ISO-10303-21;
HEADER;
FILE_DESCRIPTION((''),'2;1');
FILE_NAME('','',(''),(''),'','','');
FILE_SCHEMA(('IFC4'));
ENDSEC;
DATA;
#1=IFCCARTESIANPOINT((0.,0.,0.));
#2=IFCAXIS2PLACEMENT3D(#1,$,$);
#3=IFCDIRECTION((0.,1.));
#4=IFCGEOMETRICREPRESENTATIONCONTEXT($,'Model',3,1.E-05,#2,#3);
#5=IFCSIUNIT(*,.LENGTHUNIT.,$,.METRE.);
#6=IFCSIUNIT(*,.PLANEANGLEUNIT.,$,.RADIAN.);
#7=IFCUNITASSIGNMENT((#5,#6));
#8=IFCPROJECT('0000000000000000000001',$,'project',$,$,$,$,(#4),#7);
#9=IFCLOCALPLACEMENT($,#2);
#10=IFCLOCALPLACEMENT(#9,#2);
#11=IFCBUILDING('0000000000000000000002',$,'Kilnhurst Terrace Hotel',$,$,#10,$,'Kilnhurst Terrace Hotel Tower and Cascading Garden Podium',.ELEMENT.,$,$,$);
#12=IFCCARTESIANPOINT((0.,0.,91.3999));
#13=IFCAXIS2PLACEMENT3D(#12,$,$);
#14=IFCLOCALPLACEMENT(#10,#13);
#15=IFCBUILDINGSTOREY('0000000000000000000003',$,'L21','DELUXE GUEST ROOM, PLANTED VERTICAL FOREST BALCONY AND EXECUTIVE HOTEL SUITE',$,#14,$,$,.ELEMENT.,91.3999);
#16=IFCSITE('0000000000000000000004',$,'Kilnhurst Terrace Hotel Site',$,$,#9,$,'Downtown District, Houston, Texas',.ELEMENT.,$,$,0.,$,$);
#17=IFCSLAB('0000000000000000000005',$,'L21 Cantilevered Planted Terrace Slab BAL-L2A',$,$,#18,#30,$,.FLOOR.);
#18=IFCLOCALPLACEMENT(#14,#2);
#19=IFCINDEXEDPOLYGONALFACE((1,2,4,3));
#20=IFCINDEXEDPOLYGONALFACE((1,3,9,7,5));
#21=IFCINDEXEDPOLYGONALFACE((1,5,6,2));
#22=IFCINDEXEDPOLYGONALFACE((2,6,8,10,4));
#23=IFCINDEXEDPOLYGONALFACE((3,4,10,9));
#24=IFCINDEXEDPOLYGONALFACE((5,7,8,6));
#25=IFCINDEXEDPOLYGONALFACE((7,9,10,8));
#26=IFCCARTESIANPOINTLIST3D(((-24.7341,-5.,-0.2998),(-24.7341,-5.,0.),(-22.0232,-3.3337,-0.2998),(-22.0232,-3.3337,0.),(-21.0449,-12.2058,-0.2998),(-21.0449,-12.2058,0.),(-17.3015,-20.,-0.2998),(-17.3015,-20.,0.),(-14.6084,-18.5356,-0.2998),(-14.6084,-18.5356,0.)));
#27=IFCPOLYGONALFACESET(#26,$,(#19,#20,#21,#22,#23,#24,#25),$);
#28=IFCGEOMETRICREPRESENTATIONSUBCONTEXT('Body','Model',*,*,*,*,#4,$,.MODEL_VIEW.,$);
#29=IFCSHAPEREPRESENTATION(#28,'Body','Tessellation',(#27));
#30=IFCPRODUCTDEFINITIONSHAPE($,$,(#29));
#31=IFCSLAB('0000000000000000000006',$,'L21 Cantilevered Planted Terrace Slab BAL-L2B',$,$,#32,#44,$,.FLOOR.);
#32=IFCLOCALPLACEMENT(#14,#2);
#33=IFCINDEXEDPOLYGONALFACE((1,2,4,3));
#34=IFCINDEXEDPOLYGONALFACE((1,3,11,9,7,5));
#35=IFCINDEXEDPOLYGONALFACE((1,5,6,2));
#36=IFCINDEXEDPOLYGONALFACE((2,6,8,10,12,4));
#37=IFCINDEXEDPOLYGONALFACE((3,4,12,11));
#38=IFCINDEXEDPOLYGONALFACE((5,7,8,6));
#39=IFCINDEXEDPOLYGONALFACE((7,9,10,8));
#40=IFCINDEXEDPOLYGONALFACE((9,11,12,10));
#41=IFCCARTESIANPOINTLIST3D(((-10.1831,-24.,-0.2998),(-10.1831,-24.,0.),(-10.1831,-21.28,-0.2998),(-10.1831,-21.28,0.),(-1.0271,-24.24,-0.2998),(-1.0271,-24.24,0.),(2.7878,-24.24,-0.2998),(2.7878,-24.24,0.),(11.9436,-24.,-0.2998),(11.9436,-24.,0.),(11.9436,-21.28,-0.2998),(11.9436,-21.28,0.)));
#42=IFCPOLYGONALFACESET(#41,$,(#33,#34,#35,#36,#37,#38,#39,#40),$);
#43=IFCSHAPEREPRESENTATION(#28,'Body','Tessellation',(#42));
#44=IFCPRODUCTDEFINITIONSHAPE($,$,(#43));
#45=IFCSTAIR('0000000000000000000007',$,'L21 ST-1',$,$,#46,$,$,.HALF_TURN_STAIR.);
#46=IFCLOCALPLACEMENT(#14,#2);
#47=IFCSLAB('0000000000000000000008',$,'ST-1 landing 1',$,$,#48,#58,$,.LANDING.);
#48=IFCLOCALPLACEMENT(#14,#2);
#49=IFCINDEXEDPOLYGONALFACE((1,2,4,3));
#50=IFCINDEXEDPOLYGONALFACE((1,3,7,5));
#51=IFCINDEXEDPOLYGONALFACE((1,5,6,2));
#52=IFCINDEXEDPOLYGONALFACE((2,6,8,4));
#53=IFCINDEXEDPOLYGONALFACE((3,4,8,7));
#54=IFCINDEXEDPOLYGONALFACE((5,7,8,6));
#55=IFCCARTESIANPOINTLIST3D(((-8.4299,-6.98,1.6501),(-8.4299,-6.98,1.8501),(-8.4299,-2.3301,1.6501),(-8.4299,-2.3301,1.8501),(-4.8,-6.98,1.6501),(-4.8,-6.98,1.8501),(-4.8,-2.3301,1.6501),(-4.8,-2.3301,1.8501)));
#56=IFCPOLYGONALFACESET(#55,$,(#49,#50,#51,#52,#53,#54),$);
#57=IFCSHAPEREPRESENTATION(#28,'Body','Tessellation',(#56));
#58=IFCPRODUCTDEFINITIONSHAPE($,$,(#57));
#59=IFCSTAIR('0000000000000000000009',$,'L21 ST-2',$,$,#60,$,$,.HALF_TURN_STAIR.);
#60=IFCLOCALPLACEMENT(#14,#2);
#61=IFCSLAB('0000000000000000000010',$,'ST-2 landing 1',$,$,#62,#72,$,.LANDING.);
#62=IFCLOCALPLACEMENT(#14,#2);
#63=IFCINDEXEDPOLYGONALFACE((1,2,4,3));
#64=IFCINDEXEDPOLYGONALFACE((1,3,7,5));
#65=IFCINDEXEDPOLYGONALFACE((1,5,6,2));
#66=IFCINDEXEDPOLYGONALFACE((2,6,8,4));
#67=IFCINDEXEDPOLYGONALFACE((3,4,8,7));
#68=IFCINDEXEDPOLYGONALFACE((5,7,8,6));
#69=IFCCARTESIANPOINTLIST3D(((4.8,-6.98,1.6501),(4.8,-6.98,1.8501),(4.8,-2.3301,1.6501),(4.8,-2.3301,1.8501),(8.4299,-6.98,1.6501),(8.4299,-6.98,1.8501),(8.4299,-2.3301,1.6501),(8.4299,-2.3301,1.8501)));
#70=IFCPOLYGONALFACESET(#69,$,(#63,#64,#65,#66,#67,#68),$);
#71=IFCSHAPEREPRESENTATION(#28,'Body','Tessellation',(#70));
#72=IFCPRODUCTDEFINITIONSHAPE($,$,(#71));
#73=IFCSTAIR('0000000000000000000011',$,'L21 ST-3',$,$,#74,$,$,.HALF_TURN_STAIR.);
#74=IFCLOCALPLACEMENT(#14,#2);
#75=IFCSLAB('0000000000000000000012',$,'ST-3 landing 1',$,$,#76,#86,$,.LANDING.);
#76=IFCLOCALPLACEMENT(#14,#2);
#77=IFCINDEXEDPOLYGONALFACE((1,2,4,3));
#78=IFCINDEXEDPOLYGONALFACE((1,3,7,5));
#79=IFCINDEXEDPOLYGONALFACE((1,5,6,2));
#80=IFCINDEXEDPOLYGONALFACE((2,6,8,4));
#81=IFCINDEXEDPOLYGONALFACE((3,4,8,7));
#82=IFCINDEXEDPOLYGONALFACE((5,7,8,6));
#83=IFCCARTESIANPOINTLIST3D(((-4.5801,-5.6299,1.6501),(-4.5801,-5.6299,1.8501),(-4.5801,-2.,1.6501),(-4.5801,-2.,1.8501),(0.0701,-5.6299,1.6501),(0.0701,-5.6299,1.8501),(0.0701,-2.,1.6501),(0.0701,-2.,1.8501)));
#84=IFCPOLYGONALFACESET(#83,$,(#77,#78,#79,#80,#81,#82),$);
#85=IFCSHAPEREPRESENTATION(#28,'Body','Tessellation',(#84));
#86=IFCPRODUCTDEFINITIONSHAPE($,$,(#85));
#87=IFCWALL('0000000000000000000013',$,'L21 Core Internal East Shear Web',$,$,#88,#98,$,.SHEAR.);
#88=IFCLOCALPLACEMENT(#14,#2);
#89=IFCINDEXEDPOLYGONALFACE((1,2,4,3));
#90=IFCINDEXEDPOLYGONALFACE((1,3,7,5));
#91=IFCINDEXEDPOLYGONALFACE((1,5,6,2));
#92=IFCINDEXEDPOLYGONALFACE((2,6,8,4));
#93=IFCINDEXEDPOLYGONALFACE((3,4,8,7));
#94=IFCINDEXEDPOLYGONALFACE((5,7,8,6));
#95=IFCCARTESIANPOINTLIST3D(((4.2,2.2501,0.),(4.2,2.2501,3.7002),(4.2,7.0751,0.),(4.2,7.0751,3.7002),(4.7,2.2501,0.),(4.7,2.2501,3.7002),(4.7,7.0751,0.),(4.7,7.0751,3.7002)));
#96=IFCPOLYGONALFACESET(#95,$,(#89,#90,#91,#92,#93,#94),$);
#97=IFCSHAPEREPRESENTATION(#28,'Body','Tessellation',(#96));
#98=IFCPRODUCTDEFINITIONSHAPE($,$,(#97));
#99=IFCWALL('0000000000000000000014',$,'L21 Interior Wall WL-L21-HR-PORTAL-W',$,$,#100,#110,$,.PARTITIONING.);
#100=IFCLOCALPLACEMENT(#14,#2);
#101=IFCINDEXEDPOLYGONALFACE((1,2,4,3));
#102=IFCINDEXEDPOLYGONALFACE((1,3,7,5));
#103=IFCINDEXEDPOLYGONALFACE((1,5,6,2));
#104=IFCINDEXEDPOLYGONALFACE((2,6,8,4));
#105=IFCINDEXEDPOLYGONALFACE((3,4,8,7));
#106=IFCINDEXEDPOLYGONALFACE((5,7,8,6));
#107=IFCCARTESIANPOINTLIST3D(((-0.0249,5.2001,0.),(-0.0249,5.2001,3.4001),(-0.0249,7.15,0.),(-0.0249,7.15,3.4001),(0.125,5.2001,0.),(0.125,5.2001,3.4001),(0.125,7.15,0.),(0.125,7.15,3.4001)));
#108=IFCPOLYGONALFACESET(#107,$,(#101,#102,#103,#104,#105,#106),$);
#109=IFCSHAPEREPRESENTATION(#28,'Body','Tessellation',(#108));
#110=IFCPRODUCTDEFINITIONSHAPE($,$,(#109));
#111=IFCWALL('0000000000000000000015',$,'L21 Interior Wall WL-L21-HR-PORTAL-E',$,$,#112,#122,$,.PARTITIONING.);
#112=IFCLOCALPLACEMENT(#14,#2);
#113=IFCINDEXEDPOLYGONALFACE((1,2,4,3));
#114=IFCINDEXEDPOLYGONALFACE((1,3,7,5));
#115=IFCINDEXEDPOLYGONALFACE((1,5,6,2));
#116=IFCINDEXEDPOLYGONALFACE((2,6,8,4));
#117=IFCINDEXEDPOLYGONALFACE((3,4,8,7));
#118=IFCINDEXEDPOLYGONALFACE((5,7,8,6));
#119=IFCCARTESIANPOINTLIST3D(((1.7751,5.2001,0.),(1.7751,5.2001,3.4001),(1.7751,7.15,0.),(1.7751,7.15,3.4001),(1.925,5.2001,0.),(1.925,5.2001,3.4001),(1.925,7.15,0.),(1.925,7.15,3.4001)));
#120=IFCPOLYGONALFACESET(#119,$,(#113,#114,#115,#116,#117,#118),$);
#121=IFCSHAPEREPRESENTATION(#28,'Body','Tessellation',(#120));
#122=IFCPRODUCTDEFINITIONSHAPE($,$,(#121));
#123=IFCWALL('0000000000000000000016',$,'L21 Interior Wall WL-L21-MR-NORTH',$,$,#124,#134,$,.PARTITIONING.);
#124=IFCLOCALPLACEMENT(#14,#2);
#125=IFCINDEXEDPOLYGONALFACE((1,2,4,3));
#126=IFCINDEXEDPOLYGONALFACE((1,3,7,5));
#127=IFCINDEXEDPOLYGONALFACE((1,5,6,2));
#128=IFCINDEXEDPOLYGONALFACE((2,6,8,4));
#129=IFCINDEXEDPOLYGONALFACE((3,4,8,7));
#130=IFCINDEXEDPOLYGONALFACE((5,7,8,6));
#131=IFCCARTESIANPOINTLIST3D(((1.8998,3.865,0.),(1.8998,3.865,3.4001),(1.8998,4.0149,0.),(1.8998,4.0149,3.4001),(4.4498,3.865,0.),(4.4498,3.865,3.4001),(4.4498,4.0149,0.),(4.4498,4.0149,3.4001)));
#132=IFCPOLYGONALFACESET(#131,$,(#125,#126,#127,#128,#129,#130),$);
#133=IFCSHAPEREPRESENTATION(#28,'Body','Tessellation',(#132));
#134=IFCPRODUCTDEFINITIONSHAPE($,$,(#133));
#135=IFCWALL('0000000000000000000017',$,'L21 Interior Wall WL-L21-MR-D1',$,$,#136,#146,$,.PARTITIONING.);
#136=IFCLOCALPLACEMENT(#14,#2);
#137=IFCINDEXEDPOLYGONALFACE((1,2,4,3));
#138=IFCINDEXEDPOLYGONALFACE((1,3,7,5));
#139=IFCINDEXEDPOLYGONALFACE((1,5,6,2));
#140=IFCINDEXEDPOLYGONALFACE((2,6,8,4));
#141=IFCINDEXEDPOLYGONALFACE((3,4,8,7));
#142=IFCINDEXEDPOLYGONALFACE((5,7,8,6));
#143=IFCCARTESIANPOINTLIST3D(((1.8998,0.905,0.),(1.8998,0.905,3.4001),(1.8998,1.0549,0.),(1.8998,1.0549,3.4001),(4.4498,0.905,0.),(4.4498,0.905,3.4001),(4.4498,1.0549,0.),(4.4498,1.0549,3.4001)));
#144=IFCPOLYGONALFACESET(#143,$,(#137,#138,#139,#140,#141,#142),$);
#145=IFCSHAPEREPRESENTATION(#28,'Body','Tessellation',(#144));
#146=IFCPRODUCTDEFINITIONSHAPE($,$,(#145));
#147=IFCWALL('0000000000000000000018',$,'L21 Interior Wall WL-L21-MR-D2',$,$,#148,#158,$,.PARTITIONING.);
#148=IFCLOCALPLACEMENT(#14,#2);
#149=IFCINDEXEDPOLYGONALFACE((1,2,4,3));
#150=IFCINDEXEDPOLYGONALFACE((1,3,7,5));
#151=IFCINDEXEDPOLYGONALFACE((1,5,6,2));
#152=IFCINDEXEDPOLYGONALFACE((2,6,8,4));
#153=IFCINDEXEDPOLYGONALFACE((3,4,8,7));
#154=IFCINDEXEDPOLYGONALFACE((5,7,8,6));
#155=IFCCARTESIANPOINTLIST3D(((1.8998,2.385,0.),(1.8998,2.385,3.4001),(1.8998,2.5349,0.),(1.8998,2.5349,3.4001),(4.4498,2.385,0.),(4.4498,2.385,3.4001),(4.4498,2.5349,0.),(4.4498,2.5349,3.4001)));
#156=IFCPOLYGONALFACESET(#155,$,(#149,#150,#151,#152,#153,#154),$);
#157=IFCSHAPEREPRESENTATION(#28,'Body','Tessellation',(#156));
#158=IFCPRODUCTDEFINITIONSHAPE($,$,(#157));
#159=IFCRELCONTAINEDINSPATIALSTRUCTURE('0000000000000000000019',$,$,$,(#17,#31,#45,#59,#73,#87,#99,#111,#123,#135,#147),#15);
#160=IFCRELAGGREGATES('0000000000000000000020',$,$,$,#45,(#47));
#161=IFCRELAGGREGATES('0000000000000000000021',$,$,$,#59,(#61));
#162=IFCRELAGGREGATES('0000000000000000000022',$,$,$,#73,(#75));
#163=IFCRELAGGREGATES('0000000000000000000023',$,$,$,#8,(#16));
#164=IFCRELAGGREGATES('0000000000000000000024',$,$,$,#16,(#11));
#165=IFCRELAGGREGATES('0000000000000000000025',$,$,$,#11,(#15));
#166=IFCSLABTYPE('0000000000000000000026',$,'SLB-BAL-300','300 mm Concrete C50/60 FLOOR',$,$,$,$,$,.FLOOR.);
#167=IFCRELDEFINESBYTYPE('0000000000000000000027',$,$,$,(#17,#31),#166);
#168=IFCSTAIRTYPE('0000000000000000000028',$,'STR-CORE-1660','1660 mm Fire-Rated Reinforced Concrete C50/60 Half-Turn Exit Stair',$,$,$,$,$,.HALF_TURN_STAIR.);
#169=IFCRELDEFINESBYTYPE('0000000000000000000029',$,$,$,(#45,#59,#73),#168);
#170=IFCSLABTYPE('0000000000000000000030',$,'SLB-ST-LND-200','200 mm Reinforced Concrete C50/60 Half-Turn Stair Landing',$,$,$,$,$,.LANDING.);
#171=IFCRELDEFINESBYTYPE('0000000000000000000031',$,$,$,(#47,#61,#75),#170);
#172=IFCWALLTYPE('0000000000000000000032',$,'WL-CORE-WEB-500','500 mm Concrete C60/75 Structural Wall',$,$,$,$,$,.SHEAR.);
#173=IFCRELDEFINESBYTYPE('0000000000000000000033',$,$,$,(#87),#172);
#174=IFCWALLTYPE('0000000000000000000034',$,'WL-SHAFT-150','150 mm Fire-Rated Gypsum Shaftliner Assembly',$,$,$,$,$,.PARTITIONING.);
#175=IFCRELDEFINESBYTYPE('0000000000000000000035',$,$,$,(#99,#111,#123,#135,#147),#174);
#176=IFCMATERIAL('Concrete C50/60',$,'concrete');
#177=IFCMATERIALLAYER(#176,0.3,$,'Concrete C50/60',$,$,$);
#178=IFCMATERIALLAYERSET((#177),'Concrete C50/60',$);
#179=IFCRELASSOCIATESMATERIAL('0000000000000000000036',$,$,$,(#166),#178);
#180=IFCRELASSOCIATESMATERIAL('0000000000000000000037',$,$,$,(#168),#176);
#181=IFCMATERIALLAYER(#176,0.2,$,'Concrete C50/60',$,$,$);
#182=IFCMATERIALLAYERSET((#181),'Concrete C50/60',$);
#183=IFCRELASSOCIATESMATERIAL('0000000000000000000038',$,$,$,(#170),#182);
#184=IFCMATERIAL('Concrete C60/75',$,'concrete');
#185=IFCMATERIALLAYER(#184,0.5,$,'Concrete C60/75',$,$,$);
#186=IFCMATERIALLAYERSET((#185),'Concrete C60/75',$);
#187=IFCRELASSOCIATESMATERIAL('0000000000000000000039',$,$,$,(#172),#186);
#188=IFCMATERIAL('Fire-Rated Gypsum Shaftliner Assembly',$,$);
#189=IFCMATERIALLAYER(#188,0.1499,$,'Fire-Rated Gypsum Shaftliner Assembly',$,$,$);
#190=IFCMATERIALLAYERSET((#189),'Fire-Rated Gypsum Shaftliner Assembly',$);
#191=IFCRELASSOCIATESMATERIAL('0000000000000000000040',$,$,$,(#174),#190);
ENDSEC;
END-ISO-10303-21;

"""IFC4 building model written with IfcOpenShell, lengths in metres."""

from ifc_helpers import new_model, si_unit, direction, frame, frame_2d, origin, place, context, subcontext, project, spatial, polyline, rectangle, outline, extrude, material, layer, layer_set, type_object, element, aggregate, save


model = new_model("IFC4")

# Units and contexts
model_context = context("Model", 3, precision=1e-05, world=origin(), true_north=direction((0.0, 1.0)))
body_context = subcontext(model_context, "Body", "Model", "MODEL_VIEW")
ifc_project = project(units=[si_unit("LENGTHUNIT", "METRE"), si_unit("PLANEANGLEUNIT", "RADIAN")], contexts=[model_context])

# Site, building, storey
site_placement = place(None, origin())
site = spatial("IfcSite", under=ifc_project, at=site_placement, Name="Kilnhurst Terrace Hotel Site", LongName="Downtown District, Houston, Texas", CompositionType="ELEMENT", RefElevation=0.0)
building_placement = place(site_placement, origin())
building = spatial("IfcBuilding", under=site, at=building_placement, Name="Kilnhurst Terrace Hotel", LongName="Kilnhurst Terrace Hotel Tower and Cascading Garden Podium", CompositionType="ELEMENT")
storey_placement = place(building_placement, frame((0.0, 0.0, 91.3999)))
storey = spatial("IfcBuildingStorey", under=building, at=storey_placement, Name="L21", Description="DELUXE GUEST ROOM, PLANTED VERTICAL FOREST BALCONY AND EXECUTIVE HOTEL SUITE", CompositionType="ELEMENT", Elevation=91.3999)

# Slabs
ifc_material_1 = material(Name="Concrete C50/60", Category="concrete")
ifc_layer_1 = layer(ifc_material_1, 0.3, Name="Concrete C50/60")
ifc_layer_set_1 = layer_set([ifc_layer_1], Name="Concrete C50/60")
slab_type_1 = type_object("IfcSlabType", Name="SLB-BAL-300", Description="300 mm Concrete C50/60 FLOOR", PredefinedType="FLOOR", material=ifc_layer_set_1)
slab_1_placement = place(storey_placement, frame((0.0, 0.0, -0.2998)))
element("IfcSlab", 1, at=slab_1_placement, inside=storey, type_object=slab_type_1, Name="L21 Cantilevered Planted Terrace Slab BAL-L2A", PredefinedType="FLOOR", context=body_context, shape_type="SweptSolid", body=[
    extrude(outline(polyline([(-24.7341, -5.0), (-22.0232, -3.3337), (-14.6084, -18.5356), (-17.3015, -20.0), (-21.0449, -12.2058), (-24.7341, -5.0)])), origin(), (0.0, 0.0, 1.0), 0.2998),
])
slab_2_placement = place(storey_placement, frame((0.0, 0.0, -0.2998)))
element("IfcSlab", 2, at=slab_2_placement, inside=storey, type_object=slab_type_1, Name="L21 Cantilevered Planted Terrace Slab BAL-L2B", PredefinedType="FLOOR", context=body_context, shape_type="SweptSolid", body=[
    extrude(outline(polyline([(-1.0271, -24.24), (-10.1831, -24.0), (-10.1831, -21.28), (11.9436, -21.28), (11.9436, -24.0), (2.7878, -24.24), (-1.0271, -24.24)])), origin(), (0.0, 0.0, 1.0), 0.2998),
])

# Stairs, slabs
stair_type = type_object("IfcStairType", Name="STR-CORE-1660", Description="1660 mm Fire-Rated Reinforced Concrete C50/60 Half-Turn Exit Stair", PredefinedType="HALF_TURN_STAIR", material=ifc_material_1)
stair_1_placement = place(storey_placement, origin())
stair_1 = element("IfcStair", 3, at=stair_1_placement, inside=storey, type_object=stair_type, Name="L21 ST-1", PredefinedType="HALF_TURN_STAIR")
ifc_layer_2 = layer(ifc_material_1, 0.2, Name="Concrete C50/60")
ifc_layer_set_2 = layer_set([ifc_layer_2], Name="Concrete C50/60")
slab_type_2 = type_object("IfcSlabType", Name="SLB-ST-LND-200", Description="200 mm Reinforced Concrete C50/60 Half-Turn Stair Landing", PredefinedType="LANDING", material=ifc_layer_set_2)
slab_3_placement = place(storey_placement, frame((0.0, 0.0, 1.6501)))
slab_3 = element("IfcSlab", 4, at=slab_3_placement, type_object=slab_type_2, Name="ST-1 landing 1", PredefinedType="LANDING", context=body_context, shape_type="SweptSolid", body=[
    extrude(outline(polyline([(-8.4299, -2.3301), (-4.8, -2.3301), (-4.8, -6.98), (-8.4299, -6.98), (-8.4299, -2.3301)])), origin(), (0.0, 0.0, 1.0), 0.2),
])
aggregate(stair_1, [slab_3])
stair_2_placement = place(storey_placement, origin())
stair_2 = element("IfcStair", 5, at=stair_2_placement, inside=storey, type_object=stair_type, Name="L21 ST-2", PredefinedType="HALF_TURN_STAIR")
slab_4_placement = place(storey_placement, frame((0.0, 0.0, 1.6501)))
slab_4 = element("IfcSlab", 6, at=slab_4_placement, type_object=slab_type_2, Name="ST-2 landing 1", PredefinedType="LANDING", context=body_context, shape_type="SweptSolid", body=[
    extrude(outline(polyline([(4.8, -2.3301), (8.4299, -2.3301), (8.4299, -6.98), (4.8, -6.98), (4.8, -2.3301)])), origin(), (0.0, 0.0, 1.0), 0.2),
])
aggregate(stair_2, [slab_4])
stair_3_placement = place(storey_placement, origin())
stair_3 = element("IfcStair", 7, at=stair_3_placement, inside=storey, type_object=stair_type, Name="L21 ST-3", PredefinedType="HALF_TURN_STAIR")
slab_5_placement = place(storey_placement, frame((0.0, 0.0, 1.6501)))
slab_5 = element("IfcSlab", 8, at=slab_5_placement, type_object=slab_type_2, Name="ST-3 landing 1", PredefinedType="LANDING", context=body_context, shape_type="SweptSolid", body=[
    extrude(outline(polyline([(0.0701, -2.0), (0.0701, -5.6299), (-4.5801, -5.6299), (-4.5801, -2.0), (0.0701, -2.0)])), origin(), (0.0, 0.0, 1.0), 0.2),
])
aggregate(stair_3, [slab_5])

# Walls
ifc_material_2 = material(Name="Concrete C60/75", Category="concrete")
ifc_layer_3 = layer(ifc_material_2, 0.5, Name="Concrete C60/75")
ifc_layer_set_3 = layer_set([ifc_layer_3], Name="Concrete C60/75")
wall_type_1 = type_object("IfcWallType", Name="WL-CORE-WEB-500", Description="500 mm Concrete C60/75 Structural Wall", PredefinedType="SHEAR", material=ifc_layer_set_3)
wall_1_placement = place(storey_placement, frame((4.45, 2.25, 0.0), z_axis=(0.0, 0.0, 1.0), x_axis=(0.0, 1.0, 0.0)))
element("IfcWall", 9, at=wall_1_placement, inside=storey, type_object=wall_type_1, Name="L21 Core Internal East Shear Web", PredefinedType="SHEAR", context=body_context, shape_type="SweptSolid", body=[
    extrude(rectangle(XDim=4.825, YDim=0.5, at=frame_2d((2.4126, 0.0))), origin(), (0.0, 0.0, 1.0), 3.7002),
])
ifc_material_3 = material(Name="Fire-Rated Gypsum Shaftliner Assembly")
ifc_layer_4 = layer(ifc_material_3, 0.1499, Name="Fire-Rated Gypsum Shaftliner Assembly")
ifc_layer_set_4 = layer_set([ifc_layer_4], Name="Fire-Rated Gypsum Shaftliner Assembly")
wall_type_2 = type_object("IfcWallType", Name="WL-SHAFT-150", Description="150 mm Fire-Rated Gypsum Shaftliner Assembly", PredefinedType="PARTITIONING", material=ifc_layer_set_4)
for number, where, z_axis, x_axis, name in (
    (10, (0.05, 5.2, 0.0), (0.0, 0.0, 1.0), (0.0, 1.0, 0.0), "L21 Interior Wall WL-L21-HR-PORTAL-W"),
    (11, (1.8501, 5.2, 0.0), (0.0, 0.0, 1.0), (0.0, 1.0, 0.0), "L21 Interior Wall WL-L21-HR-PORTAL-E"),
):
    element("IfcWall", number, at=place(storey_placement, frame(where, z_axis=z_axis, x_axis=x_axis)), inside=storey, type_object=wall_type_2, Name=name, PredefinedType="PARTITIONING", context=body_context, shape_type="SweptSolid", body=[
        extrude(rectangle(XDim=1.95, YDim=0.1499, at=frame_2d((0.9751, 0.0))), origin(), (0.0, 0.0, 1.0), 3.4001),
    ])
for number, where, z_axis, x_axis, name in (
    (12, (1.8999, 3.9399, 0.0), (0.0, 0.0, 1.0), (1.0, 0.0, 0.0), "L21 Interior Wall WL-L21-MR-NORTH"),
    (13, (1.8999, 0.98, 0.0), (0.0, 0.0, 1.0), (1.0, 0.0, 0.0), "L21 Interior Wall WL-L21-MR-D1"),
    (14, (1.8999, 2.46, 0.0), (0.0, 0.0, 1.0), (1.0, 0.0, 0.0), "L21 Interior Wall WL-L21-MR-D2"),
):
    element("IfcWall", number, at=place(storey_placement, frame(where, z_axis=z_axis, x_axis=x_axis)), inside=storey, type_object=wall_type_2, Name=name, PredefinedType="PARTITIONING", context=body_context, shape_type="SweptSolid", body=[
        extrude(rectangle(XDim=2.55, YDim=0.1499, at=frame_2d((1.2749, 0.0))), origin(), (0.0, 0.0, 1.0), 3.4001),
    ])

save(model, "model.ifc")
